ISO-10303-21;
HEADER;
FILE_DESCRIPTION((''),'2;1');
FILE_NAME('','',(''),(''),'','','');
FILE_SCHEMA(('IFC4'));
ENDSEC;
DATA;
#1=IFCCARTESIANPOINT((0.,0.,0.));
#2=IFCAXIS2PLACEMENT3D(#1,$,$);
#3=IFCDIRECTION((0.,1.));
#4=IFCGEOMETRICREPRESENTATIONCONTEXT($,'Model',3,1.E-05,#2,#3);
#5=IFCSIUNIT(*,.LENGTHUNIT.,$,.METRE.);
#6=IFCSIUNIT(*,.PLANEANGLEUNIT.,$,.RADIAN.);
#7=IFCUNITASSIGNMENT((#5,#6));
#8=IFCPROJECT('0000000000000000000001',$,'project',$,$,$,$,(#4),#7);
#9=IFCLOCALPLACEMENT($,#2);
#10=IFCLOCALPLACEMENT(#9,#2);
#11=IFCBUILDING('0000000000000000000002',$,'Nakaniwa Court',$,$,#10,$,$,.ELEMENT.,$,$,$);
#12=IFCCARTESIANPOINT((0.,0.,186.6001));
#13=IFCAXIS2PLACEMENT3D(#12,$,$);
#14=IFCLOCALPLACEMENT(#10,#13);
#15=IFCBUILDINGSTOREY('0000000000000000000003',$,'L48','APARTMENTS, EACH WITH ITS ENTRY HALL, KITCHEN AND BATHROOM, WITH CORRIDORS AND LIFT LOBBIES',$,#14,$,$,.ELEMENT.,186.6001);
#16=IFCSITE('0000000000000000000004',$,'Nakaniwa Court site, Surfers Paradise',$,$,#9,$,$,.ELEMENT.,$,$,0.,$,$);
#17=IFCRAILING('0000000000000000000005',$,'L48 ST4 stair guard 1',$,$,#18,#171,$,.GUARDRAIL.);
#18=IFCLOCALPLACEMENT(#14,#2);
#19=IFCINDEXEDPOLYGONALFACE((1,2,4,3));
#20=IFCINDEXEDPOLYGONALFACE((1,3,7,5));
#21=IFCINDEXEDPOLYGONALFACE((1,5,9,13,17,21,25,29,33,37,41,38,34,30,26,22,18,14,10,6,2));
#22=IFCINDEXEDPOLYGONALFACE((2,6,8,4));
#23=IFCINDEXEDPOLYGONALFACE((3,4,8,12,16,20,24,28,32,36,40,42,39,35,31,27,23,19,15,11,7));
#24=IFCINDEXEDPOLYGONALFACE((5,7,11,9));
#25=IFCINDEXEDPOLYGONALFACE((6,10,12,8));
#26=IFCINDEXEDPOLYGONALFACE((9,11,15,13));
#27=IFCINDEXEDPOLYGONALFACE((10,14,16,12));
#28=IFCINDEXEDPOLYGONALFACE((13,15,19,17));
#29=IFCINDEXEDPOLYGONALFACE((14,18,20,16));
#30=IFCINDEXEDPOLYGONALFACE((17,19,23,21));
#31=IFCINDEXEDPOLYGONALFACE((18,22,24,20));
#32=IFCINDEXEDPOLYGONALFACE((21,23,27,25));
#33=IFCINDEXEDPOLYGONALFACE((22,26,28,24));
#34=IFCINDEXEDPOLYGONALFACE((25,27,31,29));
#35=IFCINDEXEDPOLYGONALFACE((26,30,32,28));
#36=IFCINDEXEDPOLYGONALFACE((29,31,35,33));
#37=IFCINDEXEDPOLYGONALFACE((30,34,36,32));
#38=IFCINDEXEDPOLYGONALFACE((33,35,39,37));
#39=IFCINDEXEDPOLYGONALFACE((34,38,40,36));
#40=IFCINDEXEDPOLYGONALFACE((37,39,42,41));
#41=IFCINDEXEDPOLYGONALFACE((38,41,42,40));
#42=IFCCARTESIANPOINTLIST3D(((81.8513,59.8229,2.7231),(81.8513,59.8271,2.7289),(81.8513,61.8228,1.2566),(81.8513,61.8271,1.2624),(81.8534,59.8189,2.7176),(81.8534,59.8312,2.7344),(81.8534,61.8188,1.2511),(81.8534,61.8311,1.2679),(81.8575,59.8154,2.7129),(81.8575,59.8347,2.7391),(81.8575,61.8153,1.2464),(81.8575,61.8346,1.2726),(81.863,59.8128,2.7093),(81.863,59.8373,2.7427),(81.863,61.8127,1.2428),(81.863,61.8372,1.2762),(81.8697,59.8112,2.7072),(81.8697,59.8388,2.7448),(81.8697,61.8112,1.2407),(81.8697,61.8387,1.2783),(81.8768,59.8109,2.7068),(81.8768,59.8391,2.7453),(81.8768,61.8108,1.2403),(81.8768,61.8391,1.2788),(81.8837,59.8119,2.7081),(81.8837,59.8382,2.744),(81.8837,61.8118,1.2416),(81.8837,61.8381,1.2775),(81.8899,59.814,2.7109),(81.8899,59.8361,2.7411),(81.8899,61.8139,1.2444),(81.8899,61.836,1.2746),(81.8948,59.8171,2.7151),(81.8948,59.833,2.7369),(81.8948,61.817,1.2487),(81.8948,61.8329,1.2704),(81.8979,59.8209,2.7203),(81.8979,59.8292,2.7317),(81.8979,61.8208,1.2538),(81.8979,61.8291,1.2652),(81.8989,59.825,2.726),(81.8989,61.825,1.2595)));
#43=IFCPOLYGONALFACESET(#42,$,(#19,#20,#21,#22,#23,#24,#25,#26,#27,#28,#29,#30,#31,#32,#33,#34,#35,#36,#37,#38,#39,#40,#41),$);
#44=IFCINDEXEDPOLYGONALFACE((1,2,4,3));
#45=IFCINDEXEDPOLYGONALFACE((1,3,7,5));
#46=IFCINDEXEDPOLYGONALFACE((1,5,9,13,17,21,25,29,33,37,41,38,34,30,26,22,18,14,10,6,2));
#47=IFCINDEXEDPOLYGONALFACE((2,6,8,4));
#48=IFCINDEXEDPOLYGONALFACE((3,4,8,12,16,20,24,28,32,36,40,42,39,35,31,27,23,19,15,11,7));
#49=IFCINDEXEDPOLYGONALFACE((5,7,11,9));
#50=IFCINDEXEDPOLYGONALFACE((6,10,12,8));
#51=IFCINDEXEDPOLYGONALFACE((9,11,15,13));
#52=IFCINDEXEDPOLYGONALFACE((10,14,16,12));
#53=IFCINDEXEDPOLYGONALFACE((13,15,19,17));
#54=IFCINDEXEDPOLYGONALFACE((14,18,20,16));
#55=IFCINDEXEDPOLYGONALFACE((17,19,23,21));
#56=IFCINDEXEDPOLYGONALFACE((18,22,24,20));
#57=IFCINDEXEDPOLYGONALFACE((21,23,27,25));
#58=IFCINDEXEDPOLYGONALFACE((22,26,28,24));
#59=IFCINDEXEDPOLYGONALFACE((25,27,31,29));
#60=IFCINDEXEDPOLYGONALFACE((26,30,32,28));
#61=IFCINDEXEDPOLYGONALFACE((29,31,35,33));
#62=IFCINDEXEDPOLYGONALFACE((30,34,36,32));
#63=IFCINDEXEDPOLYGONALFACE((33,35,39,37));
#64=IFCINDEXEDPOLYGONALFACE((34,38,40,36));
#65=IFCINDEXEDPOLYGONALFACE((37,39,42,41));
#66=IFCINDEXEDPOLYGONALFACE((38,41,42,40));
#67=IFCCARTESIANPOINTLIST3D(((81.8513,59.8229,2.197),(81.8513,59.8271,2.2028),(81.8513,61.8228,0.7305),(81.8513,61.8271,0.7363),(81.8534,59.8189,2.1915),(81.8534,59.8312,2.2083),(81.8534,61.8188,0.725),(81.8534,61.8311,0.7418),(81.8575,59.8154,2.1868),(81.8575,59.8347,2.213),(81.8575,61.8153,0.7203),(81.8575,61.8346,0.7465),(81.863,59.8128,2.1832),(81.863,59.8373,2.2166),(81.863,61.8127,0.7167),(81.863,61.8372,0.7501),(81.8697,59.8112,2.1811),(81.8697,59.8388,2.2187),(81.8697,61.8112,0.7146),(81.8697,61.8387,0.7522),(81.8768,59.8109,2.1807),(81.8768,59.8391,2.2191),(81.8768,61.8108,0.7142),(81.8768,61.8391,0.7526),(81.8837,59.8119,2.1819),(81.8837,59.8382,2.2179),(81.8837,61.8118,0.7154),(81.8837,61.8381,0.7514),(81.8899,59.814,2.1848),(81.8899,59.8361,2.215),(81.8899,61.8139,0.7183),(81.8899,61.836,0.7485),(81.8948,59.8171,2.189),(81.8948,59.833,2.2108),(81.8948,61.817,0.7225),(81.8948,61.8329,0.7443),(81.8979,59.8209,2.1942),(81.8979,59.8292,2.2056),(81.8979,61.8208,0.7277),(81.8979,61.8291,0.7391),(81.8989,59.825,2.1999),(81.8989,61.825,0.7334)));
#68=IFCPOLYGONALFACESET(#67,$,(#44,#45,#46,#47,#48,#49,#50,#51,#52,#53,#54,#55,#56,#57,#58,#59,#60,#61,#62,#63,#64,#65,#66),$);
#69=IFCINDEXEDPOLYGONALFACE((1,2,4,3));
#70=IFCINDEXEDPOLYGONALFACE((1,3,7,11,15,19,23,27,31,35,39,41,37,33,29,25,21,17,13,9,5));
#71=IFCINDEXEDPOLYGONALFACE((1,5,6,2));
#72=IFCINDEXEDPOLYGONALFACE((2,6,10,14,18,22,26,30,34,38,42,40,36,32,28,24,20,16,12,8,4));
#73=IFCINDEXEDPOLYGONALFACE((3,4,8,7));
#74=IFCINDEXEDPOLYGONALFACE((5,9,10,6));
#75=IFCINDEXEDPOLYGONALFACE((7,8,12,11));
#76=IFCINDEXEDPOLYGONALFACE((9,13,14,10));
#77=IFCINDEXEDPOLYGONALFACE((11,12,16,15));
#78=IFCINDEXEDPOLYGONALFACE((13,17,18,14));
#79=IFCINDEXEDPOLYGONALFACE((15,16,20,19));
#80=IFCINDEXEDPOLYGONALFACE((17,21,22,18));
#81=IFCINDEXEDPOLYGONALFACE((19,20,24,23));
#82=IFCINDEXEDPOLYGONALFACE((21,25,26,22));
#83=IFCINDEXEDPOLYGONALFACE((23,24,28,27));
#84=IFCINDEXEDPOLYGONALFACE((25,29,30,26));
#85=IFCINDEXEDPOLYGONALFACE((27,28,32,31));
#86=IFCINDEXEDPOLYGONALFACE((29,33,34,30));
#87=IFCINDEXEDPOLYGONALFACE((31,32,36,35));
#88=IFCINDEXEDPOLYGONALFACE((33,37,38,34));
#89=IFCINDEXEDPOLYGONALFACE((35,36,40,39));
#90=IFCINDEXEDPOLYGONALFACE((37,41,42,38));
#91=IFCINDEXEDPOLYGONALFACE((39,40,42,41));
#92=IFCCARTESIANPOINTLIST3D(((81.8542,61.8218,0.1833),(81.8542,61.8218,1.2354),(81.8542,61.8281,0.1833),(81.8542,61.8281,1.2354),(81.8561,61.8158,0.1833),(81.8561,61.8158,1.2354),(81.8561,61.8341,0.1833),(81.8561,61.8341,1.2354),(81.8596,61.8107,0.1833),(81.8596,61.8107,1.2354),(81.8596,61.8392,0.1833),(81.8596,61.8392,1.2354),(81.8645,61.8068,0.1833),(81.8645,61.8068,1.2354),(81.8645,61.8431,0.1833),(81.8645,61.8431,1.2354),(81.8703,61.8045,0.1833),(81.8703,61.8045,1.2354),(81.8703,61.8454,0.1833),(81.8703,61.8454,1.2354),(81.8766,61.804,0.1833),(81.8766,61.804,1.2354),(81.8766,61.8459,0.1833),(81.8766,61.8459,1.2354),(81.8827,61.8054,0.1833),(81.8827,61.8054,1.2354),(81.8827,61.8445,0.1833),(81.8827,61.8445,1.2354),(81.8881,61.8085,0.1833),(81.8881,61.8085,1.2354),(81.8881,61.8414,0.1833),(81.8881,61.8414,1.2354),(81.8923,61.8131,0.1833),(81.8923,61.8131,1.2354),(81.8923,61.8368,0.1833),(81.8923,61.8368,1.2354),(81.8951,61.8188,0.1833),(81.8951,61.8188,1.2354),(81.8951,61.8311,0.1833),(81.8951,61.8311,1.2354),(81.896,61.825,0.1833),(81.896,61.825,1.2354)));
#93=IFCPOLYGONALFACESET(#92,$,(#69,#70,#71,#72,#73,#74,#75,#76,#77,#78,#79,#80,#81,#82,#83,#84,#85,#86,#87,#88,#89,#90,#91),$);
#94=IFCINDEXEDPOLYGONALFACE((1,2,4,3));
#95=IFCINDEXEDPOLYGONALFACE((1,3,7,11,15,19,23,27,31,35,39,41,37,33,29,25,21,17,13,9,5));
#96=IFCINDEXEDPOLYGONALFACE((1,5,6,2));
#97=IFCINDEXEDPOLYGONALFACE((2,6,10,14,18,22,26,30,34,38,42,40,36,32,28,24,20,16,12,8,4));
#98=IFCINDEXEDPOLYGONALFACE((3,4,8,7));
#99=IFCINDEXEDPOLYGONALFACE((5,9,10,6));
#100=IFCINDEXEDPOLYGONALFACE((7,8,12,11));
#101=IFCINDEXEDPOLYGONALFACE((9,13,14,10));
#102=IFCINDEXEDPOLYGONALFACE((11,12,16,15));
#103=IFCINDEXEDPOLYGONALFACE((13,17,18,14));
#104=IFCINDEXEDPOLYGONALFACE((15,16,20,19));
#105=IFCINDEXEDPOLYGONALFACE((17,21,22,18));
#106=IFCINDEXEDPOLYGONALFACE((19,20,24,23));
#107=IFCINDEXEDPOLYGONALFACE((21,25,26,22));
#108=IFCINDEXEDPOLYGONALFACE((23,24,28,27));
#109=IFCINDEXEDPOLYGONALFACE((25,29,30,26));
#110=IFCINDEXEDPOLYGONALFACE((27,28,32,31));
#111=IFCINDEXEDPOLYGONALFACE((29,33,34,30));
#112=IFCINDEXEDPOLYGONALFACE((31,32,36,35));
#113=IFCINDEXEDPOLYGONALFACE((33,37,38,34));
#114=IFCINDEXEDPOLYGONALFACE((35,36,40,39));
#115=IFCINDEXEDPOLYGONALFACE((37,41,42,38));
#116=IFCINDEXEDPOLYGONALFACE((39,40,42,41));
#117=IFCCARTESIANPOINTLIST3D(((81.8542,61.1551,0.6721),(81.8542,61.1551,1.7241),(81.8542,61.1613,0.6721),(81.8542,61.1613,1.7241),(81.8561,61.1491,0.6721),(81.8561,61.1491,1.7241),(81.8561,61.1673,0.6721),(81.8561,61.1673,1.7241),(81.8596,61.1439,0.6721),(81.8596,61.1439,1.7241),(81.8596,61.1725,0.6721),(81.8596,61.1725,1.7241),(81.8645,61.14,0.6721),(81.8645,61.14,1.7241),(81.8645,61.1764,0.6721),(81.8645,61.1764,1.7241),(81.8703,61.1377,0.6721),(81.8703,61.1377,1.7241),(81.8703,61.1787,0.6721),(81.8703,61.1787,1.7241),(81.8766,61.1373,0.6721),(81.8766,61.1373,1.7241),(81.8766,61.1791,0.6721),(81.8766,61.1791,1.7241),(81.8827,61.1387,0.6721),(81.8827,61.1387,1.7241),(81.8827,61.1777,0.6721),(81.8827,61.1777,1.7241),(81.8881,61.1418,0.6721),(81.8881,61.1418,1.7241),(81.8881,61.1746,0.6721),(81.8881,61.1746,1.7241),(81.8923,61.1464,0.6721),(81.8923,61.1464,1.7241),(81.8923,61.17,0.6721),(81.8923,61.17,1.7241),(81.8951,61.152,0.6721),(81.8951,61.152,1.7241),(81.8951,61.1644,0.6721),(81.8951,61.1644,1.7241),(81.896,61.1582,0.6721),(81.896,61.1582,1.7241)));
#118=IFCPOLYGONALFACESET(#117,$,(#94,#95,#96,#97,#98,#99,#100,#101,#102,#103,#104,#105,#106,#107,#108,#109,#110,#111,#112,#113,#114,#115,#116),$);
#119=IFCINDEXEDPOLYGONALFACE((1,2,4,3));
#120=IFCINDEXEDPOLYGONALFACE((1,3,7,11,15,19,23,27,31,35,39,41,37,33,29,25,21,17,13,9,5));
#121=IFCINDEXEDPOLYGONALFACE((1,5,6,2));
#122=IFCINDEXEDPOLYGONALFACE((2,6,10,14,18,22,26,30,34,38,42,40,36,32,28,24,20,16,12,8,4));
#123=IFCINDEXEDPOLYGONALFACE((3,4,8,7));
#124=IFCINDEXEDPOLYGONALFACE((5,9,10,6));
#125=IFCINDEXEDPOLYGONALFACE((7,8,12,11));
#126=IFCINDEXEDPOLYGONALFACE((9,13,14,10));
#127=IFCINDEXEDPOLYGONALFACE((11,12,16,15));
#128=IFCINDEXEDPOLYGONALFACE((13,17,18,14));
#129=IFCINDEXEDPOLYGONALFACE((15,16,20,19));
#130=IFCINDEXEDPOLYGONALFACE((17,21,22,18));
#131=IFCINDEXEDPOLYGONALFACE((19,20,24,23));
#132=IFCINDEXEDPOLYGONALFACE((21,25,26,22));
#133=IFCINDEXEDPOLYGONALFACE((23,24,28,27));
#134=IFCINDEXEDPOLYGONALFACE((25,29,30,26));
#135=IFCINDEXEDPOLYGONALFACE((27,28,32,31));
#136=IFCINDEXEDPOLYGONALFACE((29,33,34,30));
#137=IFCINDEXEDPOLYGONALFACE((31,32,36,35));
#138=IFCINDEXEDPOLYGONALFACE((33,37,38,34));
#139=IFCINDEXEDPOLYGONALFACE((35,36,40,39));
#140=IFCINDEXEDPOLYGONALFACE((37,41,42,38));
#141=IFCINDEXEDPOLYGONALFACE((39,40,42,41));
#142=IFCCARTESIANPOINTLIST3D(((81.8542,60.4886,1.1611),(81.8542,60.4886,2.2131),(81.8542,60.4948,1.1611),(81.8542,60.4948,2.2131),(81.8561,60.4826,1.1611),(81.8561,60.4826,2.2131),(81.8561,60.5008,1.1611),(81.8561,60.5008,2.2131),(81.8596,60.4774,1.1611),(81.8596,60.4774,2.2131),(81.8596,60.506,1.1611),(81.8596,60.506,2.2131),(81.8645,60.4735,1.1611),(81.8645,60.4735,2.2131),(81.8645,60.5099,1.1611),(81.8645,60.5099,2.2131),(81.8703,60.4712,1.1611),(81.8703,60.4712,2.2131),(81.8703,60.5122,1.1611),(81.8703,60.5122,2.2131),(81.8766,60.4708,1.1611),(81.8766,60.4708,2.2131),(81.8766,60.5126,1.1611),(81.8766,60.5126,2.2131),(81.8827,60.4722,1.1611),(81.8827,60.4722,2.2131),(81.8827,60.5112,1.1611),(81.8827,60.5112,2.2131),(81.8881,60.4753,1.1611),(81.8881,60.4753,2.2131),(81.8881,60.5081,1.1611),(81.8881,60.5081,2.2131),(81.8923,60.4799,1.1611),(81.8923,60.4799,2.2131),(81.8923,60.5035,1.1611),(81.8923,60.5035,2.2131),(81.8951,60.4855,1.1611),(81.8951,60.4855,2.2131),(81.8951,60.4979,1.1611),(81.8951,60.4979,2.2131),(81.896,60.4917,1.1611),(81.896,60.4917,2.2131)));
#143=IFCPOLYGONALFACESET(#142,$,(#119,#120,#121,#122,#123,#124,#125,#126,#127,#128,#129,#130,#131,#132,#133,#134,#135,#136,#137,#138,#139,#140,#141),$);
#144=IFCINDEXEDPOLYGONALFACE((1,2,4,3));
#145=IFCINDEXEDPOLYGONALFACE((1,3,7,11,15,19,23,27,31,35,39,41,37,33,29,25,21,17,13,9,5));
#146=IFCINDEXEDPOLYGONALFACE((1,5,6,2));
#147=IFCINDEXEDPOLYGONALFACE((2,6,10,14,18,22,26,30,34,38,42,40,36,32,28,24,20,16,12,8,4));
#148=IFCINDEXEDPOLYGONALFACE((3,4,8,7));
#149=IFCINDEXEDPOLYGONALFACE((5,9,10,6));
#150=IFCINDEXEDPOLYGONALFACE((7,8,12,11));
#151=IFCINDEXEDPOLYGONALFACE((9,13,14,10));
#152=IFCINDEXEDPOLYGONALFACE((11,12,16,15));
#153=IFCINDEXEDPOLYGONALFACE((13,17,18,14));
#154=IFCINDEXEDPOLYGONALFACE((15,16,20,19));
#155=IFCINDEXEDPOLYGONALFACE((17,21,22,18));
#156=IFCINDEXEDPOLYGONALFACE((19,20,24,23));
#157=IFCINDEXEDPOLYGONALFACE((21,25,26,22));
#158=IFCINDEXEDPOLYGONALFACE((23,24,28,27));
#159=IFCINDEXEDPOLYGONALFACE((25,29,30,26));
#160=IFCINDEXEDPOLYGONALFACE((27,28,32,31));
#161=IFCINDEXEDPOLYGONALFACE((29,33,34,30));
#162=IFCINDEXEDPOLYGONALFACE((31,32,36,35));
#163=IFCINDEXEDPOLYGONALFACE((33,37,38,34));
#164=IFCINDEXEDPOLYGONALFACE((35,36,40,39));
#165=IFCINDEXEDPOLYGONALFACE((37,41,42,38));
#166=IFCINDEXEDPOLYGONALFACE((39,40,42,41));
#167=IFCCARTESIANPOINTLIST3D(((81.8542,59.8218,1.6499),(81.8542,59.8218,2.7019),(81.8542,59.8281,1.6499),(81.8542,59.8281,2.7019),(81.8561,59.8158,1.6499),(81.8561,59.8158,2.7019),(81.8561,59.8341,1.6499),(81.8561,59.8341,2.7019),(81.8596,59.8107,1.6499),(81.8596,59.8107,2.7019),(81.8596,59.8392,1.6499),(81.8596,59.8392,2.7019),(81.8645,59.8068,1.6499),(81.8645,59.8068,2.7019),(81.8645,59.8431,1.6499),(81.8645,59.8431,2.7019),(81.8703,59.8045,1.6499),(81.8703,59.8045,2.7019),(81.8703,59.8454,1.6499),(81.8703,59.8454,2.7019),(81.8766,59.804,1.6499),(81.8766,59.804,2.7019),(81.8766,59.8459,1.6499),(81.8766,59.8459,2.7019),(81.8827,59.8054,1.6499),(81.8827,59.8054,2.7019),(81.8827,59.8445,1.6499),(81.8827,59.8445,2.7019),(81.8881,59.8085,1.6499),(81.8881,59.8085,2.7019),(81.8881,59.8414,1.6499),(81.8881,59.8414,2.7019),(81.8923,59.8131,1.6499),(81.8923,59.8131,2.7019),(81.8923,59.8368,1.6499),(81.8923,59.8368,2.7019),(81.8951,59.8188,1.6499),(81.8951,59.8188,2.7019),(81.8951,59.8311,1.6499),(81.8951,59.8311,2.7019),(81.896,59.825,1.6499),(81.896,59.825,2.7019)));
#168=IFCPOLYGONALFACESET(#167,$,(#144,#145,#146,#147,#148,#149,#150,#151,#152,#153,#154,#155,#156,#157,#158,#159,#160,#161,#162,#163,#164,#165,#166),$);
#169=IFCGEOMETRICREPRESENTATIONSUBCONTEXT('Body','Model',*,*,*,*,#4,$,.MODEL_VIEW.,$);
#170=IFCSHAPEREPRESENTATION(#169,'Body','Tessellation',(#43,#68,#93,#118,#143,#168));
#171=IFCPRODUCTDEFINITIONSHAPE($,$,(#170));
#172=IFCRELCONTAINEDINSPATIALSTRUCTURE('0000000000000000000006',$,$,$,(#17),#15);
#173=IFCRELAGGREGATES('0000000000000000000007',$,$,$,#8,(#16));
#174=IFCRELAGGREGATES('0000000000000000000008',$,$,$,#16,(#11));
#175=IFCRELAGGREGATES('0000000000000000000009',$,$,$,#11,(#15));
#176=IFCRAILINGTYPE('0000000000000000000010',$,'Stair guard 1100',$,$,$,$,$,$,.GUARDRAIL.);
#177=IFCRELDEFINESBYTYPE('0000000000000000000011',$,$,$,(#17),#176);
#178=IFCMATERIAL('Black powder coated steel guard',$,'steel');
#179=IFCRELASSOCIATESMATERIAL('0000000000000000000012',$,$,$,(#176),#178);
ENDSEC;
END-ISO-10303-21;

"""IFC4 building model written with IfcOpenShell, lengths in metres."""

from ifc_helpers import new_model, si_unit, direction, frame, origin, origin_2d, place, context, subcontext, project, spatial, circle, extrude, material, type_object, element, save


model = new_model("IFC4")

# Units and contexts
model_context = context("Model", 3, precision=1e-05, world=origin(), true_north=direction((0.0, 1.0)))
body_context = subcontext(model_context, "Body", "Model", "MODEL_VIEW")
ifc_project = project(units=[si_unit("LENGTHUNIT", "METRE"), si_unit("PLANEANGLEUNIT", "RADIAN")], contexts=[model_context])

# Site, building, storey
site_placement = place(None, origin())
site = spatial("IfcSite", under=ifc_project, at=site_placement, Name="Nakaniwa Court site, Surfers Paradise", CompositionType="ELEMENT", RefElevation=0.0)
building_placement = place(site_placement, origin())
building = spatial("IfcBuilding", under=site, at=building_placement, Name="Nakaniwa Court", CompositionType="ELEMENT")
storey_placement = place(building_placement, frame((0.0, 0.0, 186.6001)))
storey = spatial("IfcBuildingStorey", under=building, at=storey_placement, Name="L48", Description="APARTMENTS, EACH WITH ITS ENTRY HALL, KITCHEN AND BATHROOM, WITH CORRIDORS AND LIFT LOBBIES", CompositionType="ELEMENT", Elevation=186.6001)

# Railing
ifc_material_1 = material(Name="Black powder coated steel guard", Category="steel")
railing_type_1 = type_object("IfcRailingType", Name="Stair guard 1100", PredefinedType="GUARDRAIL", material=ifc_material_1)
railing_1_placement = place(storey_placement, frame((81.875, 61.825, 0.1833)))
element("IfcRailing", 1, at=railing_1_placement, inside=storey, type_object=railing_type_1, Name="L48 ST4 stair guard 1", PredefinedType="GUARDRAIL", context=body_context, shape_type="SweptSolid", body=[
    extrude(circle(Radius=0.0239, at=origin_2d()), frame((0.0, 0.0, 1.0762), z_axis=(0.0, -0.806427, 0.591334), x_axis=(1.0, 0.0, 0.0)), (0.0, 0.0, 1.0), 2.48),
    extrude(circle(Radius=0.0239, at=origin_2d()), frame((0.0, 0.0, 0.55), z_axis=(0.0, -0.806427, 0.591334), x_axis=(1.0, 0.0, 0.0)), (0.0, 0.0, 1.0), 2.48),
    extrude(circle(Radius=0.021, at=origin_2d()), origin(), (0.0, 0.0, 1.0), 1.052),
    extrude(circle(Radius=0.021, at=origin_2d()), frame((0.0, -0.6667, 0.4888)), (0.0, 0.0, 1.0), 1.052),
    extrude(circle(Radius=0.021, at=origin_2d()), frame((0.0, -1.3333, 0.9778)), (0.0, 0.0, 1.0), 1.052),
    extrude(circle(Radius=0.021, at=origin_2d()), frame((0.0, -2.0, 1.4666)), (0.0, 0.0, 1.0), 1.052),
])

save(model, "model.ifc")
